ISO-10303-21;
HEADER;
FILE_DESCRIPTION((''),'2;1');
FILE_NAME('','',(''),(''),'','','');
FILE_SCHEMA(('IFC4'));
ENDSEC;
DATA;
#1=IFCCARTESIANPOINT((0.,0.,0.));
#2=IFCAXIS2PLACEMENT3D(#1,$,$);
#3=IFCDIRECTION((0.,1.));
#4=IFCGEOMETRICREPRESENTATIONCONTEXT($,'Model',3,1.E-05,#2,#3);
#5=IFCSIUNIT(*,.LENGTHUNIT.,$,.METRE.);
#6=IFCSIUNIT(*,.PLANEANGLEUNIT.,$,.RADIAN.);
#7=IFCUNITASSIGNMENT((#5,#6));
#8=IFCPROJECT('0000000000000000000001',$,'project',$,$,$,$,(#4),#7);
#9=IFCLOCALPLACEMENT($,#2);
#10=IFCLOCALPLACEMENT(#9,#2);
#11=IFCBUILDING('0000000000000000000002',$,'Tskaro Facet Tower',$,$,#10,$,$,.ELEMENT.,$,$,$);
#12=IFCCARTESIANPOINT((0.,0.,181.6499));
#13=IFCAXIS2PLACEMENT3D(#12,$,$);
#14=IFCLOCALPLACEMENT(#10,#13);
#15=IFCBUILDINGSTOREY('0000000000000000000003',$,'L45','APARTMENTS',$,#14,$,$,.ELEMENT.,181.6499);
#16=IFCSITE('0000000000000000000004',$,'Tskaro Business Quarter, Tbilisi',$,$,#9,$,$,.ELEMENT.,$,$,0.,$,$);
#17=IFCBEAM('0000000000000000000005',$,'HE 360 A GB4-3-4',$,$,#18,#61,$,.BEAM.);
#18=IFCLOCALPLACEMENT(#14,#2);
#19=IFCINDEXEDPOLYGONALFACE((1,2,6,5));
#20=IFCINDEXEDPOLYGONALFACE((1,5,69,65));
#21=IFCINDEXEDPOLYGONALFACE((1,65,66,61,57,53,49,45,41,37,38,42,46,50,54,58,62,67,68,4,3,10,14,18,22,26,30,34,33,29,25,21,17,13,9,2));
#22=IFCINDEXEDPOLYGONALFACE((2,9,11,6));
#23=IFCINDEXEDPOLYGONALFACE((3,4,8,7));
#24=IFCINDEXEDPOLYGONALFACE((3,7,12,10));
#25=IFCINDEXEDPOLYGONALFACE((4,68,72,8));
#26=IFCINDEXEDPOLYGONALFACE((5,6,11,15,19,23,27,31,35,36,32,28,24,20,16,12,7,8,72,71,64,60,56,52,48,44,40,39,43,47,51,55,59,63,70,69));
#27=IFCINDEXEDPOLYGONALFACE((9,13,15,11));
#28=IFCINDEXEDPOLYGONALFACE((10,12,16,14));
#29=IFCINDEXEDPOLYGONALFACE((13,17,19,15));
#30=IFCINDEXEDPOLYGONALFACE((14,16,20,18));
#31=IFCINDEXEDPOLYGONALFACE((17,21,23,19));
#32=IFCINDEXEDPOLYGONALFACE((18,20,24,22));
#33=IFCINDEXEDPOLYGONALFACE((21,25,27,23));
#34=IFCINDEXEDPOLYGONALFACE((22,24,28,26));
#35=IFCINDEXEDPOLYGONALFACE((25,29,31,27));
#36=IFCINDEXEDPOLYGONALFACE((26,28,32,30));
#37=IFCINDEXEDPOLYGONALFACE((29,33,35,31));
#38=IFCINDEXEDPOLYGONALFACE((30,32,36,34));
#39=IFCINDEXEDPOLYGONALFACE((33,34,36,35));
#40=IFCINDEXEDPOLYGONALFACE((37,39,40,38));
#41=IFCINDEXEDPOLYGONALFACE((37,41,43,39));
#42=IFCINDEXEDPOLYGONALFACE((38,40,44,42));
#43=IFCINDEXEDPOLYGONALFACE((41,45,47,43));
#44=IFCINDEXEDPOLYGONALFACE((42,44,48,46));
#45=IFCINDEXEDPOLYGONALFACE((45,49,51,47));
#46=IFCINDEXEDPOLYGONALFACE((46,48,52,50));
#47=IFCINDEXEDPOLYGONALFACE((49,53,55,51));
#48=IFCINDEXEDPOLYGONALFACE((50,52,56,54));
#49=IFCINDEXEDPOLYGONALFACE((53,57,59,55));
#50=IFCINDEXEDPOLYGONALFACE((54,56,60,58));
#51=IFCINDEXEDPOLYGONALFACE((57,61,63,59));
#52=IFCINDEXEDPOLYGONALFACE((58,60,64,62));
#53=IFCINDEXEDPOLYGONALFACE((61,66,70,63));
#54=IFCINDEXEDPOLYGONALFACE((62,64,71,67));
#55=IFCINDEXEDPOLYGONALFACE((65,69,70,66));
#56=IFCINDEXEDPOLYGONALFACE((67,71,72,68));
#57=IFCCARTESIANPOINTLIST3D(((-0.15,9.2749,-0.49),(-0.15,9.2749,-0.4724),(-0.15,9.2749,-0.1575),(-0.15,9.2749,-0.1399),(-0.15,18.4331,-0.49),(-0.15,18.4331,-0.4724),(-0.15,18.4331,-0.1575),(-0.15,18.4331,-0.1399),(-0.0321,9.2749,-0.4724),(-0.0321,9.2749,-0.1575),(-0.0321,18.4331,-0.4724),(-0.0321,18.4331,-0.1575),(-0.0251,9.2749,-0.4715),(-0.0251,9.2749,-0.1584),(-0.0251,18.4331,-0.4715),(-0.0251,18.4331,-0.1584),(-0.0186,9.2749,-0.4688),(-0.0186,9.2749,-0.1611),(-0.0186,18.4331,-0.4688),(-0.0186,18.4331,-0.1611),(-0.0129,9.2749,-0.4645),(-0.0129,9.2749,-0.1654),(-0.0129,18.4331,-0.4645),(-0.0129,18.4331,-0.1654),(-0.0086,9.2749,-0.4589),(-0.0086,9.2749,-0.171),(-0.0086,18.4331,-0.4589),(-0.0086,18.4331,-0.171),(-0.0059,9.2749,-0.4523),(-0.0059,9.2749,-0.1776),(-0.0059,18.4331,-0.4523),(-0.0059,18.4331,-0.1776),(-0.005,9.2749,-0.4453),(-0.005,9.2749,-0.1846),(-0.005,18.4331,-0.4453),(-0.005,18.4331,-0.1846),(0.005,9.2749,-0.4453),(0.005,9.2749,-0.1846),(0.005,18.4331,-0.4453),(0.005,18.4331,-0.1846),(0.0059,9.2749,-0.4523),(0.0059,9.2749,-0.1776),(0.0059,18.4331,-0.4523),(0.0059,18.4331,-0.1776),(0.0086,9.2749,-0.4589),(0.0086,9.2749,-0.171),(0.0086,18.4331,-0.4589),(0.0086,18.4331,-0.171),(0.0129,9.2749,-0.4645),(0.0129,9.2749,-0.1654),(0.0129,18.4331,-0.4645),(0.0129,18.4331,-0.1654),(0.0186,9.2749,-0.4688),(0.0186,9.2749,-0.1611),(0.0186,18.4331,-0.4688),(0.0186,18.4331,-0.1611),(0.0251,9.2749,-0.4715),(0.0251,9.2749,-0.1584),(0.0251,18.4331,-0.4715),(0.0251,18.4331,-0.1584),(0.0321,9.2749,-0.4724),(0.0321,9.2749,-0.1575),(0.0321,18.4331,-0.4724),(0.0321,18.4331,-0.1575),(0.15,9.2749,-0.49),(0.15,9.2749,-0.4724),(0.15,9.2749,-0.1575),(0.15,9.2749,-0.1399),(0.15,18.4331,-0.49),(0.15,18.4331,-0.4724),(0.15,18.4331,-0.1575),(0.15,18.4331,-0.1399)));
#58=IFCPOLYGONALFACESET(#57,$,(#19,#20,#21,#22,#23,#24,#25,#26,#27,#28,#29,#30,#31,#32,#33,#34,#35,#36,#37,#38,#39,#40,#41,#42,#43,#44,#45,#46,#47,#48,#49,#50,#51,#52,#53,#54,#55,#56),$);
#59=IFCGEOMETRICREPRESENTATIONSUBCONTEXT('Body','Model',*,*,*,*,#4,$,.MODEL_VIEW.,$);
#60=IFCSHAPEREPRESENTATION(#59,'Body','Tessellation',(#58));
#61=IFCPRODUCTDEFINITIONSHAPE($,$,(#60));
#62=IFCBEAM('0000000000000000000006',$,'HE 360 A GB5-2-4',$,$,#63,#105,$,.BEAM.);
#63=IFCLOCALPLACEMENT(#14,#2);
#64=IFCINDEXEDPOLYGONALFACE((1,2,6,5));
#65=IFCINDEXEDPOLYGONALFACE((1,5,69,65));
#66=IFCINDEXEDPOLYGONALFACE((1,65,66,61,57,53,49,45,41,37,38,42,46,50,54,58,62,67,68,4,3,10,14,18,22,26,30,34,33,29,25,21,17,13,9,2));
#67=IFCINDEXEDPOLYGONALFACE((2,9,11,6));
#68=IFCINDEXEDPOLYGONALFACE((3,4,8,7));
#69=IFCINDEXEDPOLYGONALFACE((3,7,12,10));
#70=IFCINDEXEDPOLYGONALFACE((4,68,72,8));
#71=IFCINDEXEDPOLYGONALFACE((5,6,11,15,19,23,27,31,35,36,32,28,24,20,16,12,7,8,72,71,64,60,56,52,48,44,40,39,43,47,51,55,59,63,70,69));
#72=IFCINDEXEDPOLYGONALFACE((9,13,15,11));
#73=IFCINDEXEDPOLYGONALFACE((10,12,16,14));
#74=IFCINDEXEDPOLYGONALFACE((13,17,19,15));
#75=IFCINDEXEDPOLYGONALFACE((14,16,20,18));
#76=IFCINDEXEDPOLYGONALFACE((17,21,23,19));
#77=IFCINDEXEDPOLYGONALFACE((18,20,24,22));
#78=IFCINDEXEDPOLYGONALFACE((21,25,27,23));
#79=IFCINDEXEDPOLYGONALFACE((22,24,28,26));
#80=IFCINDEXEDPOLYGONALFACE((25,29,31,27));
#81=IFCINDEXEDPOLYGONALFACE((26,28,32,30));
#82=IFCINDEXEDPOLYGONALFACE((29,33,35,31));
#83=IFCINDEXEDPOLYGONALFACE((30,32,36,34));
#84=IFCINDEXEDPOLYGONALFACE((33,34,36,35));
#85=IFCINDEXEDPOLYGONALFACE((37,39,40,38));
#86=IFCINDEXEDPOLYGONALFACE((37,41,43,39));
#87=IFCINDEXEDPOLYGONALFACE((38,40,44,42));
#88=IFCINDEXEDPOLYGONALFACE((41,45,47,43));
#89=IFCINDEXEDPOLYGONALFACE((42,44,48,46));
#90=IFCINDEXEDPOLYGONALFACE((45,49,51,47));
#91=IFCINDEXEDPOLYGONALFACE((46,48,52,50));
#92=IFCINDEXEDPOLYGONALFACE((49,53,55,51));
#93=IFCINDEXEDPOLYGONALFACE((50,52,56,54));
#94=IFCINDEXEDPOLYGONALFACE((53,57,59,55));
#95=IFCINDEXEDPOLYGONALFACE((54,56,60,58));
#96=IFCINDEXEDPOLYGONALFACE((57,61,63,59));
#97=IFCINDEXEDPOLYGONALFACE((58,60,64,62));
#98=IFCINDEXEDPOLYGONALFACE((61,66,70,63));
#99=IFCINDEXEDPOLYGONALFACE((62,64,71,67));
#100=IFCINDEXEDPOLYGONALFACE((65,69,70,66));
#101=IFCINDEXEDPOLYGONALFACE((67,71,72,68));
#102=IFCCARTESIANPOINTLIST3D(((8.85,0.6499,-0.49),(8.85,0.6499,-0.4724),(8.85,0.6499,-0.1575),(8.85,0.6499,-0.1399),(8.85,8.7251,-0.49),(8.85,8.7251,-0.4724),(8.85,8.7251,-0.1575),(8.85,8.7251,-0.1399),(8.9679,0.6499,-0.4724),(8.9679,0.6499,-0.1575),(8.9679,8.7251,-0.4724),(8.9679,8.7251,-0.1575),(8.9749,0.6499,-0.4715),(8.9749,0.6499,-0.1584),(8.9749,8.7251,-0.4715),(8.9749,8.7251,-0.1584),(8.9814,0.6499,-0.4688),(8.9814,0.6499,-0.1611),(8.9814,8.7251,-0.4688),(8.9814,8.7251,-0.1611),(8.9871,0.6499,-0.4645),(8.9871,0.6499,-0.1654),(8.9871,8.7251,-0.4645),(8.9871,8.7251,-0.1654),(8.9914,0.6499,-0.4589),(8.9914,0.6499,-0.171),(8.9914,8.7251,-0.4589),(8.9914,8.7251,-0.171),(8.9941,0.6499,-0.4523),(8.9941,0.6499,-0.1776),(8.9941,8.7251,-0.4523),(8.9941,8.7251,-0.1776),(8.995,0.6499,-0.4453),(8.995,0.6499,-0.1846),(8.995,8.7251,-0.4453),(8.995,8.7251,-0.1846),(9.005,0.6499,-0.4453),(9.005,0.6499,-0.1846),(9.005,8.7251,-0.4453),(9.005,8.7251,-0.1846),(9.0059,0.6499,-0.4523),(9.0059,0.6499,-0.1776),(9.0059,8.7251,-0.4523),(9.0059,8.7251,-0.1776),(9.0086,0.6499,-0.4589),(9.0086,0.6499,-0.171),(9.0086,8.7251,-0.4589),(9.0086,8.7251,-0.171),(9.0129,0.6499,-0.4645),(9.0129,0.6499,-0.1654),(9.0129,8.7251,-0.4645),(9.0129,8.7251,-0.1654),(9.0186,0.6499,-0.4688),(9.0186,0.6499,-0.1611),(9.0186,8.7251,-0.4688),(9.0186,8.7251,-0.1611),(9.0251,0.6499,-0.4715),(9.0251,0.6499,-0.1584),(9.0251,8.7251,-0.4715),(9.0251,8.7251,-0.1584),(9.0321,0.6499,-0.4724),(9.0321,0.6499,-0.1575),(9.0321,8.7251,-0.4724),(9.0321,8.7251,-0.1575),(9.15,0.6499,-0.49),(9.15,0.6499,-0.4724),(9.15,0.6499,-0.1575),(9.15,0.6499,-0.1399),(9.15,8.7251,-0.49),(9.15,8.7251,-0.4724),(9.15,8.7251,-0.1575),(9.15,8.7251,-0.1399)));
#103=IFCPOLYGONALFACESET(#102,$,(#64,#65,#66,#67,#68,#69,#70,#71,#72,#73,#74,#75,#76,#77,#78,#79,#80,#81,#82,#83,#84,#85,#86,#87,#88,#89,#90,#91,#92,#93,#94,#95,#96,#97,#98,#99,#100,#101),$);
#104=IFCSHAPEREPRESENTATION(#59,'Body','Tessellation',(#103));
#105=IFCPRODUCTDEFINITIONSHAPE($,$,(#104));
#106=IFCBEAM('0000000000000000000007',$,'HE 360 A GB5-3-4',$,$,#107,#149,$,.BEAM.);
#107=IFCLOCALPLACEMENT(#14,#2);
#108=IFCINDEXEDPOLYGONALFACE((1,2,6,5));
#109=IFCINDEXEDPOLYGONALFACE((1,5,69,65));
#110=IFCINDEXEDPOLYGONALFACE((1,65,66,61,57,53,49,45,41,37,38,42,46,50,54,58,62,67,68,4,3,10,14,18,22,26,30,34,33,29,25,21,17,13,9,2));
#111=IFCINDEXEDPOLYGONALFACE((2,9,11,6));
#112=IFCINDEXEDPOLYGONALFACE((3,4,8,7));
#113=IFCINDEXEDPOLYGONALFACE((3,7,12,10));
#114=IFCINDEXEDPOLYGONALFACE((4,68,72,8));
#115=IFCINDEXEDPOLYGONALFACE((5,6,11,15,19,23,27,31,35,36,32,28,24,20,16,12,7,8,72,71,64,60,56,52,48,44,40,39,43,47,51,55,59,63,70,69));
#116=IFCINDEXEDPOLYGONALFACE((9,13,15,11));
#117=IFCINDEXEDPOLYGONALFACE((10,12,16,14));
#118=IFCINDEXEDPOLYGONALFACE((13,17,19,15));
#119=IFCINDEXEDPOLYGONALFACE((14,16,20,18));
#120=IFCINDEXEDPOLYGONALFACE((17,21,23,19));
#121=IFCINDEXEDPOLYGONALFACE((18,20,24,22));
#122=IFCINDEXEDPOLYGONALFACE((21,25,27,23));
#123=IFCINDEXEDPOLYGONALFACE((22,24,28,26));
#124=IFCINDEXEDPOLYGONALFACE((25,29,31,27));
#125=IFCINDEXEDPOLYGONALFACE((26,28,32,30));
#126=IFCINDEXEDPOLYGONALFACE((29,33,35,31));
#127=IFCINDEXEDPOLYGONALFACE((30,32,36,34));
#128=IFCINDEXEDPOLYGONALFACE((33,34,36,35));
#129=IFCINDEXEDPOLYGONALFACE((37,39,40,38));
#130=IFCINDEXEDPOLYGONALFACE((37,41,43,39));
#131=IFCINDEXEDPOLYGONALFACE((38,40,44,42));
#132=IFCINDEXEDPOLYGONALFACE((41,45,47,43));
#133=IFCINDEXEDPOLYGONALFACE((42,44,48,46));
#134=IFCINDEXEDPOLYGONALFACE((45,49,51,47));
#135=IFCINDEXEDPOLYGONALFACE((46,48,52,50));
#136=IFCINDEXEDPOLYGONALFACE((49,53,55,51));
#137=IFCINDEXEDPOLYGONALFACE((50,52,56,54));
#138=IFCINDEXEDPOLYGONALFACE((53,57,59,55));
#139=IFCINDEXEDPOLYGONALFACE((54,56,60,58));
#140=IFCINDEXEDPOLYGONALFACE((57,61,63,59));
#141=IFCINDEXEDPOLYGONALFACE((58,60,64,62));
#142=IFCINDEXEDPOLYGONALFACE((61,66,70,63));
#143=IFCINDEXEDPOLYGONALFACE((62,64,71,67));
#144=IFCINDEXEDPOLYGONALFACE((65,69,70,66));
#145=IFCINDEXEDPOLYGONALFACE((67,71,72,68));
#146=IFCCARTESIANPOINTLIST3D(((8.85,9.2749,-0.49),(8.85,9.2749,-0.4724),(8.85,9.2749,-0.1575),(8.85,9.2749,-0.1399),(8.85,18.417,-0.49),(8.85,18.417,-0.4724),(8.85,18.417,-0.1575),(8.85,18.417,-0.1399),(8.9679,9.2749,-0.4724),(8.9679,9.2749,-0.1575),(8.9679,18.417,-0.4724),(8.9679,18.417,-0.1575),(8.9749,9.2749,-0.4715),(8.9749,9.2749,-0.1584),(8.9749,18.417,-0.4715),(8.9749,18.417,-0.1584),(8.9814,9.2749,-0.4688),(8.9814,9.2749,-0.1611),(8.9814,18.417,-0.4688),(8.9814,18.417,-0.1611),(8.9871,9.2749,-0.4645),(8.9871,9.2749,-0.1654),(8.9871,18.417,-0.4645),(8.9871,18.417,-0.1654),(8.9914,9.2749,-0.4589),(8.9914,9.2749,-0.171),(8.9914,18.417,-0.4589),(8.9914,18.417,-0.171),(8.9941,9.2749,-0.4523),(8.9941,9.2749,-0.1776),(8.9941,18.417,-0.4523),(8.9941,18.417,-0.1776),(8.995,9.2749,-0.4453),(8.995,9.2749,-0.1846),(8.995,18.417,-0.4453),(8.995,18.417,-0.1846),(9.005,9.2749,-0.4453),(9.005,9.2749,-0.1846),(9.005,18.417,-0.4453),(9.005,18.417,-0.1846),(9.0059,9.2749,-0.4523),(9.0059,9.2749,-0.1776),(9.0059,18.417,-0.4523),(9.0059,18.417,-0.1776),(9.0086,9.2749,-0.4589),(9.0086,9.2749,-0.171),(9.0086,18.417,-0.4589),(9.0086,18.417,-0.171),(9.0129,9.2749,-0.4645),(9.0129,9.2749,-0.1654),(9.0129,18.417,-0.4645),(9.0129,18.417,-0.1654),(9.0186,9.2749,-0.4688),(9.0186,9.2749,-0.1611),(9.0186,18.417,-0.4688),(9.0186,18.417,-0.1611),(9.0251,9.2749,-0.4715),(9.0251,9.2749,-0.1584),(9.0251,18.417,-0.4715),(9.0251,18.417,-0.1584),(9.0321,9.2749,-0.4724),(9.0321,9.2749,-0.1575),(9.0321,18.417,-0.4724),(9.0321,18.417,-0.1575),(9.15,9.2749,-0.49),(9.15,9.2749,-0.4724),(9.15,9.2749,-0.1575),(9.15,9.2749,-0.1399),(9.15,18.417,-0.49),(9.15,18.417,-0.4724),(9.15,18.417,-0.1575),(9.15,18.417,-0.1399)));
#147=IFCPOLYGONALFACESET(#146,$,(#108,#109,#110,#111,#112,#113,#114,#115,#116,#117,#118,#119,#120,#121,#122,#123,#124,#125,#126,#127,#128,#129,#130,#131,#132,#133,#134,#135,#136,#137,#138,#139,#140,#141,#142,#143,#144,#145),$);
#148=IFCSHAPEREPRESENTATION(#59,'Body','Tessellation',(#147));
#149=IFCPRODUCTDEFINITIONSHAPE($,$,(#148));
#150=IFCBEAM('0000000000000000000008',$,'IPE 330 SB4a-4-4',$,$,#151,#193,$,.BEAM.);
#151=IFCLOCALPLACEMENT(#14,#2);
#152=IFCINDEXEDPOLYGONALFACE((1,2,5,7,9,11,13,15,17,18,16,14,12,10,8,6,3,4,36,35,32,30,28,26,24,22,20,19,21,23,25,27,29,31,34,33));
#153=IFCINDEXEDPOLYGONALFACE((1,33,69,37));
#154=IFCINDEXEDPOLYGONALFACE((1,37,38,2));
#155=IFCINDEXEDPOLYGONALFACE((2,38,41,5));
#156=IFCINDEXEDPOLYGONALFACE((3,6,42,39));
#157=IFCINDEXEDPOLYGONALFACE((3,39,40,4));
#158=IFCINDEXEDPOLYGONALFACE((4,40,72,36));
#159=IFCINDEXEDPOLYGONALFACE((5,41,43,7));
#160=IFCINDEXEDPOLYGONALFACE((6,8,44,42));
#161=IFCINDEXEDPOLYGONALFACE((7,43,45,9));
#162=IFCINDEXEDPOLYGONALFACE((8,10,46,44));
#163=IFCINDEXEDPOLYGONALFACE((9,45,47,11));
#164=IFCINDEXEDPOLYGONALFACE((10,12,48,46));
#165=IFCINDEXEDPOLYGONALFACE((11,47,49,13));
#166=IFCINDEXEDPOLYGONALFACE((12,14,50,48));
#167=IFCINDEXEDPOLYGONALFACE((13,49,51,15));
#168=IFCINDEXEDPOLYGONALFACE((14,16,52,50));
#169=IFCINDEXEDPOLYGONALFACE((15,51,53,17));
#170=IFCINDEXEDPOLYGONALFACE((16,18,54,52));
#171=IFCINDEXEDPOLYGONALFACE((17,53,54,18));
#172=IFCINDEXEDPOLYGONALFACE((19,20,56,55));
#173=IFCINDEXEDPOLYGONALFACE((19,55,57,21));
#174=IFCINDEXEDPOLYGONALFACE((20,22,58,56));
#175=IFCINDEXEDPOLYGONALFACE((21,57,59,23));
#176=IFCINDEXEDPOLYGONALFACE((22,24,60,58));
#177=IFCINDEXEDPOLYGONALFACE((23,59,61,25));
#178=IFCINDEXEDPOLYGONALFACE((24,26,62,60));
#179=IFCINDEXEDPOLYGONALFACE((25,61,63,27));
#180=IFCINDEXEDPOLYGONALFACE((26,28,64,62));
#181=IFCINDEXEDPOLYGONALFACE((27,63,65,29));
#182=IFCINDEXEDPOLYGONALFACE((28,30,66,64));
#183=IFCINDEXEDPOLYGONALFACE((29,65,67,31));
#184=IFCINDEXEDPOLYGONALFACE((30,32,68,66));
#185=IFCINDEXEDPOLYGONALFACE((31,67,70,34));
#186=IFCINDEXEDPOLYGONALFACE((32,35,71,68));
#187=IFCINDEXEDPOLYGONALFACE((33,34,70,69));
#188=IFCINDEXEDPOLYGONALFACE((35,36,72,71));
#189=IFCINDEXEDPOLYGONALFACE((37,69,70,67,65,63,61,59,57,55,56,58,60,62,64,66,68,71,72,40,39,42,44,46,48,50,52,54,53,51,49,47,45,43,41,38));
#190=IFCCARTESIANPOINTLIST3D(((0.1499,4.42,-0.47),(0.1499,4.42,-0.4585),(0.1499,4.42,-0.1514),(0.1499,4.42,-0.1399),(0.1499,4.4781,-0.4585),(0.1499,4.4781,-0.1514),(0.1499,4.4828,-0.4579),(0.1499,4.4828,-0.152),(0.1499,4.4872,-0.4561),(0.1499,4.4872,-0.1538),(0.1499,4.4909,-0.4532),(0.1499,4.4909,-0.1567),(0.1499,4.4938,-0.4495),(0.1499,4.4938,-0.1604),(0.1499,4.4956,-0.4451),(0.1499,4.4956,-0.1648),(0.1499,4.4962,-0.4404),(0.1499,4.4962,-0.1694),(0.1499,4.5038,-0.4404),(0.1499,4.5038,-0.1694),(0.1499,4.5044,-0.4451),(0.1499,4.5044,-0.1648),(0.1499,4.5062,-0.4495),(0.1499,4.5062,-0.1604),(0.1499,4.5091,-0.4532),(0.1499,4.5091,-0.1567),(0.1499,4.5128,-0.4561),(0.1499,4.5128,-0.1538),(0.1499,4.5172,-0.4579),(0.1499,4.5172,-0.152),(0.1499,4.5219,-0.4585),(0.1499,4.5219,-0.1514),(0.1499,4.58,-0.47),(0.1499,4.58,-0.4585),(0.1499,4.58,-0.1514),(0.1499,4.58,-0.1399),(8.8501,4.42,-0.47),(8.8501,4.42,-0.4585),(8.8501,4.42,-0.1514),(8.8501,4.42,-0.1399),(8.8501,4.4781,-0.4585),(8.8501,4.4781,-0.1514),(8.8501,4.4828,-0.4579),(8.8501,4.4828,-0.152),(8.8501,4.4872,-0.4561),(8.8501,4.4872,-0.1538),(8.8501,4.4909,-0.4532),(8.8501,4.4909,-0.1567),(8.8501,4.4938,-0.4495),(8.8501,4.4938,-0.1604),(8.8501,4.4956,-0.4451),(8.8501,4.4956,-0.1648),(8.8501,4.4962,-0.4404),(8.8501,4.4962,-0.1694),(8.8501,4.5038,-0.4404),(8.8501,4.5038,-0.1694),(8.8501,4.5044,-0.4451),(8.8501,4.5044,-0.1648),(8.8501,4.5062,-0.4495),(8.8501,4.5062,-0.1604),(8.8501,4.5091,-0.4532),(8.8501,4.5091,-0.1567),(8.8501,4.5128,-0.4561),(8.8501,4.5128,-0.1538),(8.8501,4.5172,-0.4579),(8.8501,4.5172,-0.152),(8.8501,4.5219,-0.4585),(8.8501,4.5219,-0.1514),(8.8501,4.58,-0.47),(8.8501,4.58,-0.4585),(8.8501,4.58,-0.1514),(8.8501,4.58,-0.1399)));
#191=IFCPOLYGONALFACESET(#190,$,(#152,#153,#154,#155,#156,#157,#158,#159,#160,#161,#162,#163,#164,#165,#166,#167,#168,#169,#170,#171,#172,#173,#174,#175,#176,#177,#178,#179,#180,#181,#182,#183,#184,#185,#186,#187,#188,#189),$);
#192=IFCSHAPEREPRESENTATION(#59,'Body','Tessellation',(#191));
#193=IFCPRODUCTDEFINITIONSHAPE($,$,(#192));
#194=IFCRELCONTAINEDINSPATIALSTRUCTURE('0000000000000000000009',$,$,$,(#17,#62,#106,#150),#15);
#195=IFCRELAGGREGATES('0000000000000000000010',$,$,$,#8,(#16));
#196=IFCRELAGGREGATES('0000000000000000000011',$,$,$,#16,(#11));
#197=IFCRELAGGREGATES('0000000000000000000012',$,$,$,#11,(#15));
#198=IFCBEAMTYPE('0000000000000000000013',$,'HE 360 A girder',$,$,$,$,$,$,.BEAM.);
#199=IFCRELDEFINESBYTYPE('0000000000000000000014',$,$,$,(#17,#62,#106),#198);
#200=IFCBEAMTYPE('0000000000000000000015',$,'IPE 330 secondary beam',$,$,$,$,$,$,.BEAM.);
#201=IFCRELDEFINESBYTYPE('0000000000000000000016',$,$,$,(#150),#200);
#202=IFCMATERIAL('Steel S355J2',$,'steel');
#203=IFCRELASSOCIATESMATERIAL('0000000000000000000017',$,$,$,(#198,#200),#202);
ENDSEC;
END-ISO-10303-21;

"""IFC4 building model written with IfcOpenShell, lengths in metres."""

from ifc_helpers import new_model, si_unit, direction, frame, origin, origin_2d, place, context, subcontext, project, spatial, i_section, extrude, material, material_profile, profile_set, type_object, element, save


model = new_model("IFC4")

# Units and contexts
model_context = context("Model", 3, precision=1e-05, world=origin(), true_north=direction((0.0, 1.0)))
body_context = subcontext(model_context, "Body", "Model", "MODEL_VIEW")
ifc_project = project(units=[si_unit("LENGTHUNIT", "METRE"), si_unit("PLANEANGLEUNIT", "RADIAN")], contexts=[model_context])

# Site, building, storey
site_placement = place(None, origin())
site = spatial("IfcSite", under=ifc_project, at=site_placement, Name="Tskaro Business Quarter, Tbilisi", CompositionType="ELEMENT", RefElevation=0.0)
building_placement = place(site_placement, origin())
building = spatial("IfcBuilding", under=site, at=building_placement, Name="Tskaro Facet Tower", CompositionType="ELEMENT")
storey_placement = place(building_placement, frame((0.0, 0.0, 181.6499)))
storey = spatial("IfcBuildingStorey", under=building, at=storey_placement, Name="L45", Description="APARTMENTS", CompositionType="ELEMENT", Elevation=181.6499)

# Beams
ifc_material_1 = material(Name="Steel S355J2", Category="steel")
ifc_material_profile_1 = material_profile(ifc_material_1, i_section(OverallWidth=0.3, OverallDepth=0.3501, WebThickness=0.01, FlangeThickness=0.0176, FilletRadius=0.0271, at=origin_2d()), Name="HE 360 A")
ifc_profile_set_1 = profile_set([ifc_material_profile_1], Name="Steel S355J2")
beam_type_1 = type_object("IfcBeamType", Name="HE 360 A girder", PredefinedType="BEAM", material=ifc_profile_set_1)
beam_1_placement = place(storey_placement, frame((0.0, 9.2749, -0.3149), z_axis=(0.0, 1.0, 0.0), x_axis=(-1.0, 0.0, 0.0)))
element("IfcBeam", 1, at=beam_1_placement, inside=storey, type_object=beam_type_1, Name="HE 360 A GB4-3-4", PredefinedType="BEAM", context=body_context, shape_type="SweptSolid", body=[
    extrude(i_section(OverallWidth=0.3, OverallDepth=0.3501, WebThickness=0.01, FlangeThickness=0.0176, FilletRadius=0.0271, at=origin_2d()), origin(), (0.0, 0.0, 1.0), 9.1582),
])
beam_2_placement = place(storey_placement, frame((9.0, 0.6499, -0.3149), z_axis=(0.0, 1.0, 0.0), x_axis=(-1.0, 0.0, 0.0)))
element("IfcBeam", 2, at=beam_2_placement, inside=storey, type_object=beam_type_1, Name="HE 360 A GB5-2-4", PredefinedType="BEAM", context=body_context, shape_type="SweptSolid", body=[
    extrude(i_section(OverallWidth=0.3, OverallDepth=0.3501, WebThickness=0.01, FlangeThickness=0.0176, FilletRadius=0.0271, at=origin_2d()), origin(), (0.0, 0.0, 1.0), 8.0752),
])
beam_3_placement = place(storey_placement, frame((9.0, 9.2749, -0.3149), z_axis=(0.0, 1.0, 0.0), x_axis=(-1.0, 0.0, 0.0)))
element("IfcBeam", 3, at=beam_3_placement, inside=storey, type_object=beam_type_1, Name="HE 360 A GB5-3-4", PredefinedType="BEAM", context=body_context, shape_type="SweptSolid", body=[
    extrude(i_section(OverallWidth=0.3, OverallDepth=0.3501, WebThickness=0.01, FlangeThickness=0.0176, FilletRadius=0.0271, at=origin_2d()), origin(), (0.0, 0.0, 1.0), 9.1421),
])
ifc_material_profile_2 = material_profile(ifc_material_1, i_section(OverallWidth=0.1599, OverallDepth=0.3301, WebThickness=0.0076, FlangeThickness=0.0115, FilletRadius=0.0181, at=origin_2d()), Name="IPE 330")
ifc_profile_set_2 = profile_set([ifc_material_profile_2], Name="Steel S355J2")
beam_type_2 = type_object("IfcBeamType", Name="IPE 330 secondary beam", PredefinedType="BEAM", material=ifc_profile_set_2)
beam_4_placement = place(storey_placement, frame((0.1499, 4.5, -0.3049), z_axis=(1.0, 0.0, 0.0), x_axis=(0.0, 1.0, 0.0)))
element("IfcBeam", 4, at=beam_4_placement, inside=storey, type_object=beam_type_2, Name="IPE 330 SB4a-4-4", PredefinedType="BEAM", context=body_context, shape_type="SweptSolid", body=[
    extrude(i_section(OverallWidth=0.1599, OverallDepth=0.3301, WebThickness=0.0076, FlangeThickness=0.0115, FilletRadius=0.0181, at=origin_2d()), origin(), (0.0, 0.0, 1.0), 8.7002),
])

save(model, "model.ifc")
